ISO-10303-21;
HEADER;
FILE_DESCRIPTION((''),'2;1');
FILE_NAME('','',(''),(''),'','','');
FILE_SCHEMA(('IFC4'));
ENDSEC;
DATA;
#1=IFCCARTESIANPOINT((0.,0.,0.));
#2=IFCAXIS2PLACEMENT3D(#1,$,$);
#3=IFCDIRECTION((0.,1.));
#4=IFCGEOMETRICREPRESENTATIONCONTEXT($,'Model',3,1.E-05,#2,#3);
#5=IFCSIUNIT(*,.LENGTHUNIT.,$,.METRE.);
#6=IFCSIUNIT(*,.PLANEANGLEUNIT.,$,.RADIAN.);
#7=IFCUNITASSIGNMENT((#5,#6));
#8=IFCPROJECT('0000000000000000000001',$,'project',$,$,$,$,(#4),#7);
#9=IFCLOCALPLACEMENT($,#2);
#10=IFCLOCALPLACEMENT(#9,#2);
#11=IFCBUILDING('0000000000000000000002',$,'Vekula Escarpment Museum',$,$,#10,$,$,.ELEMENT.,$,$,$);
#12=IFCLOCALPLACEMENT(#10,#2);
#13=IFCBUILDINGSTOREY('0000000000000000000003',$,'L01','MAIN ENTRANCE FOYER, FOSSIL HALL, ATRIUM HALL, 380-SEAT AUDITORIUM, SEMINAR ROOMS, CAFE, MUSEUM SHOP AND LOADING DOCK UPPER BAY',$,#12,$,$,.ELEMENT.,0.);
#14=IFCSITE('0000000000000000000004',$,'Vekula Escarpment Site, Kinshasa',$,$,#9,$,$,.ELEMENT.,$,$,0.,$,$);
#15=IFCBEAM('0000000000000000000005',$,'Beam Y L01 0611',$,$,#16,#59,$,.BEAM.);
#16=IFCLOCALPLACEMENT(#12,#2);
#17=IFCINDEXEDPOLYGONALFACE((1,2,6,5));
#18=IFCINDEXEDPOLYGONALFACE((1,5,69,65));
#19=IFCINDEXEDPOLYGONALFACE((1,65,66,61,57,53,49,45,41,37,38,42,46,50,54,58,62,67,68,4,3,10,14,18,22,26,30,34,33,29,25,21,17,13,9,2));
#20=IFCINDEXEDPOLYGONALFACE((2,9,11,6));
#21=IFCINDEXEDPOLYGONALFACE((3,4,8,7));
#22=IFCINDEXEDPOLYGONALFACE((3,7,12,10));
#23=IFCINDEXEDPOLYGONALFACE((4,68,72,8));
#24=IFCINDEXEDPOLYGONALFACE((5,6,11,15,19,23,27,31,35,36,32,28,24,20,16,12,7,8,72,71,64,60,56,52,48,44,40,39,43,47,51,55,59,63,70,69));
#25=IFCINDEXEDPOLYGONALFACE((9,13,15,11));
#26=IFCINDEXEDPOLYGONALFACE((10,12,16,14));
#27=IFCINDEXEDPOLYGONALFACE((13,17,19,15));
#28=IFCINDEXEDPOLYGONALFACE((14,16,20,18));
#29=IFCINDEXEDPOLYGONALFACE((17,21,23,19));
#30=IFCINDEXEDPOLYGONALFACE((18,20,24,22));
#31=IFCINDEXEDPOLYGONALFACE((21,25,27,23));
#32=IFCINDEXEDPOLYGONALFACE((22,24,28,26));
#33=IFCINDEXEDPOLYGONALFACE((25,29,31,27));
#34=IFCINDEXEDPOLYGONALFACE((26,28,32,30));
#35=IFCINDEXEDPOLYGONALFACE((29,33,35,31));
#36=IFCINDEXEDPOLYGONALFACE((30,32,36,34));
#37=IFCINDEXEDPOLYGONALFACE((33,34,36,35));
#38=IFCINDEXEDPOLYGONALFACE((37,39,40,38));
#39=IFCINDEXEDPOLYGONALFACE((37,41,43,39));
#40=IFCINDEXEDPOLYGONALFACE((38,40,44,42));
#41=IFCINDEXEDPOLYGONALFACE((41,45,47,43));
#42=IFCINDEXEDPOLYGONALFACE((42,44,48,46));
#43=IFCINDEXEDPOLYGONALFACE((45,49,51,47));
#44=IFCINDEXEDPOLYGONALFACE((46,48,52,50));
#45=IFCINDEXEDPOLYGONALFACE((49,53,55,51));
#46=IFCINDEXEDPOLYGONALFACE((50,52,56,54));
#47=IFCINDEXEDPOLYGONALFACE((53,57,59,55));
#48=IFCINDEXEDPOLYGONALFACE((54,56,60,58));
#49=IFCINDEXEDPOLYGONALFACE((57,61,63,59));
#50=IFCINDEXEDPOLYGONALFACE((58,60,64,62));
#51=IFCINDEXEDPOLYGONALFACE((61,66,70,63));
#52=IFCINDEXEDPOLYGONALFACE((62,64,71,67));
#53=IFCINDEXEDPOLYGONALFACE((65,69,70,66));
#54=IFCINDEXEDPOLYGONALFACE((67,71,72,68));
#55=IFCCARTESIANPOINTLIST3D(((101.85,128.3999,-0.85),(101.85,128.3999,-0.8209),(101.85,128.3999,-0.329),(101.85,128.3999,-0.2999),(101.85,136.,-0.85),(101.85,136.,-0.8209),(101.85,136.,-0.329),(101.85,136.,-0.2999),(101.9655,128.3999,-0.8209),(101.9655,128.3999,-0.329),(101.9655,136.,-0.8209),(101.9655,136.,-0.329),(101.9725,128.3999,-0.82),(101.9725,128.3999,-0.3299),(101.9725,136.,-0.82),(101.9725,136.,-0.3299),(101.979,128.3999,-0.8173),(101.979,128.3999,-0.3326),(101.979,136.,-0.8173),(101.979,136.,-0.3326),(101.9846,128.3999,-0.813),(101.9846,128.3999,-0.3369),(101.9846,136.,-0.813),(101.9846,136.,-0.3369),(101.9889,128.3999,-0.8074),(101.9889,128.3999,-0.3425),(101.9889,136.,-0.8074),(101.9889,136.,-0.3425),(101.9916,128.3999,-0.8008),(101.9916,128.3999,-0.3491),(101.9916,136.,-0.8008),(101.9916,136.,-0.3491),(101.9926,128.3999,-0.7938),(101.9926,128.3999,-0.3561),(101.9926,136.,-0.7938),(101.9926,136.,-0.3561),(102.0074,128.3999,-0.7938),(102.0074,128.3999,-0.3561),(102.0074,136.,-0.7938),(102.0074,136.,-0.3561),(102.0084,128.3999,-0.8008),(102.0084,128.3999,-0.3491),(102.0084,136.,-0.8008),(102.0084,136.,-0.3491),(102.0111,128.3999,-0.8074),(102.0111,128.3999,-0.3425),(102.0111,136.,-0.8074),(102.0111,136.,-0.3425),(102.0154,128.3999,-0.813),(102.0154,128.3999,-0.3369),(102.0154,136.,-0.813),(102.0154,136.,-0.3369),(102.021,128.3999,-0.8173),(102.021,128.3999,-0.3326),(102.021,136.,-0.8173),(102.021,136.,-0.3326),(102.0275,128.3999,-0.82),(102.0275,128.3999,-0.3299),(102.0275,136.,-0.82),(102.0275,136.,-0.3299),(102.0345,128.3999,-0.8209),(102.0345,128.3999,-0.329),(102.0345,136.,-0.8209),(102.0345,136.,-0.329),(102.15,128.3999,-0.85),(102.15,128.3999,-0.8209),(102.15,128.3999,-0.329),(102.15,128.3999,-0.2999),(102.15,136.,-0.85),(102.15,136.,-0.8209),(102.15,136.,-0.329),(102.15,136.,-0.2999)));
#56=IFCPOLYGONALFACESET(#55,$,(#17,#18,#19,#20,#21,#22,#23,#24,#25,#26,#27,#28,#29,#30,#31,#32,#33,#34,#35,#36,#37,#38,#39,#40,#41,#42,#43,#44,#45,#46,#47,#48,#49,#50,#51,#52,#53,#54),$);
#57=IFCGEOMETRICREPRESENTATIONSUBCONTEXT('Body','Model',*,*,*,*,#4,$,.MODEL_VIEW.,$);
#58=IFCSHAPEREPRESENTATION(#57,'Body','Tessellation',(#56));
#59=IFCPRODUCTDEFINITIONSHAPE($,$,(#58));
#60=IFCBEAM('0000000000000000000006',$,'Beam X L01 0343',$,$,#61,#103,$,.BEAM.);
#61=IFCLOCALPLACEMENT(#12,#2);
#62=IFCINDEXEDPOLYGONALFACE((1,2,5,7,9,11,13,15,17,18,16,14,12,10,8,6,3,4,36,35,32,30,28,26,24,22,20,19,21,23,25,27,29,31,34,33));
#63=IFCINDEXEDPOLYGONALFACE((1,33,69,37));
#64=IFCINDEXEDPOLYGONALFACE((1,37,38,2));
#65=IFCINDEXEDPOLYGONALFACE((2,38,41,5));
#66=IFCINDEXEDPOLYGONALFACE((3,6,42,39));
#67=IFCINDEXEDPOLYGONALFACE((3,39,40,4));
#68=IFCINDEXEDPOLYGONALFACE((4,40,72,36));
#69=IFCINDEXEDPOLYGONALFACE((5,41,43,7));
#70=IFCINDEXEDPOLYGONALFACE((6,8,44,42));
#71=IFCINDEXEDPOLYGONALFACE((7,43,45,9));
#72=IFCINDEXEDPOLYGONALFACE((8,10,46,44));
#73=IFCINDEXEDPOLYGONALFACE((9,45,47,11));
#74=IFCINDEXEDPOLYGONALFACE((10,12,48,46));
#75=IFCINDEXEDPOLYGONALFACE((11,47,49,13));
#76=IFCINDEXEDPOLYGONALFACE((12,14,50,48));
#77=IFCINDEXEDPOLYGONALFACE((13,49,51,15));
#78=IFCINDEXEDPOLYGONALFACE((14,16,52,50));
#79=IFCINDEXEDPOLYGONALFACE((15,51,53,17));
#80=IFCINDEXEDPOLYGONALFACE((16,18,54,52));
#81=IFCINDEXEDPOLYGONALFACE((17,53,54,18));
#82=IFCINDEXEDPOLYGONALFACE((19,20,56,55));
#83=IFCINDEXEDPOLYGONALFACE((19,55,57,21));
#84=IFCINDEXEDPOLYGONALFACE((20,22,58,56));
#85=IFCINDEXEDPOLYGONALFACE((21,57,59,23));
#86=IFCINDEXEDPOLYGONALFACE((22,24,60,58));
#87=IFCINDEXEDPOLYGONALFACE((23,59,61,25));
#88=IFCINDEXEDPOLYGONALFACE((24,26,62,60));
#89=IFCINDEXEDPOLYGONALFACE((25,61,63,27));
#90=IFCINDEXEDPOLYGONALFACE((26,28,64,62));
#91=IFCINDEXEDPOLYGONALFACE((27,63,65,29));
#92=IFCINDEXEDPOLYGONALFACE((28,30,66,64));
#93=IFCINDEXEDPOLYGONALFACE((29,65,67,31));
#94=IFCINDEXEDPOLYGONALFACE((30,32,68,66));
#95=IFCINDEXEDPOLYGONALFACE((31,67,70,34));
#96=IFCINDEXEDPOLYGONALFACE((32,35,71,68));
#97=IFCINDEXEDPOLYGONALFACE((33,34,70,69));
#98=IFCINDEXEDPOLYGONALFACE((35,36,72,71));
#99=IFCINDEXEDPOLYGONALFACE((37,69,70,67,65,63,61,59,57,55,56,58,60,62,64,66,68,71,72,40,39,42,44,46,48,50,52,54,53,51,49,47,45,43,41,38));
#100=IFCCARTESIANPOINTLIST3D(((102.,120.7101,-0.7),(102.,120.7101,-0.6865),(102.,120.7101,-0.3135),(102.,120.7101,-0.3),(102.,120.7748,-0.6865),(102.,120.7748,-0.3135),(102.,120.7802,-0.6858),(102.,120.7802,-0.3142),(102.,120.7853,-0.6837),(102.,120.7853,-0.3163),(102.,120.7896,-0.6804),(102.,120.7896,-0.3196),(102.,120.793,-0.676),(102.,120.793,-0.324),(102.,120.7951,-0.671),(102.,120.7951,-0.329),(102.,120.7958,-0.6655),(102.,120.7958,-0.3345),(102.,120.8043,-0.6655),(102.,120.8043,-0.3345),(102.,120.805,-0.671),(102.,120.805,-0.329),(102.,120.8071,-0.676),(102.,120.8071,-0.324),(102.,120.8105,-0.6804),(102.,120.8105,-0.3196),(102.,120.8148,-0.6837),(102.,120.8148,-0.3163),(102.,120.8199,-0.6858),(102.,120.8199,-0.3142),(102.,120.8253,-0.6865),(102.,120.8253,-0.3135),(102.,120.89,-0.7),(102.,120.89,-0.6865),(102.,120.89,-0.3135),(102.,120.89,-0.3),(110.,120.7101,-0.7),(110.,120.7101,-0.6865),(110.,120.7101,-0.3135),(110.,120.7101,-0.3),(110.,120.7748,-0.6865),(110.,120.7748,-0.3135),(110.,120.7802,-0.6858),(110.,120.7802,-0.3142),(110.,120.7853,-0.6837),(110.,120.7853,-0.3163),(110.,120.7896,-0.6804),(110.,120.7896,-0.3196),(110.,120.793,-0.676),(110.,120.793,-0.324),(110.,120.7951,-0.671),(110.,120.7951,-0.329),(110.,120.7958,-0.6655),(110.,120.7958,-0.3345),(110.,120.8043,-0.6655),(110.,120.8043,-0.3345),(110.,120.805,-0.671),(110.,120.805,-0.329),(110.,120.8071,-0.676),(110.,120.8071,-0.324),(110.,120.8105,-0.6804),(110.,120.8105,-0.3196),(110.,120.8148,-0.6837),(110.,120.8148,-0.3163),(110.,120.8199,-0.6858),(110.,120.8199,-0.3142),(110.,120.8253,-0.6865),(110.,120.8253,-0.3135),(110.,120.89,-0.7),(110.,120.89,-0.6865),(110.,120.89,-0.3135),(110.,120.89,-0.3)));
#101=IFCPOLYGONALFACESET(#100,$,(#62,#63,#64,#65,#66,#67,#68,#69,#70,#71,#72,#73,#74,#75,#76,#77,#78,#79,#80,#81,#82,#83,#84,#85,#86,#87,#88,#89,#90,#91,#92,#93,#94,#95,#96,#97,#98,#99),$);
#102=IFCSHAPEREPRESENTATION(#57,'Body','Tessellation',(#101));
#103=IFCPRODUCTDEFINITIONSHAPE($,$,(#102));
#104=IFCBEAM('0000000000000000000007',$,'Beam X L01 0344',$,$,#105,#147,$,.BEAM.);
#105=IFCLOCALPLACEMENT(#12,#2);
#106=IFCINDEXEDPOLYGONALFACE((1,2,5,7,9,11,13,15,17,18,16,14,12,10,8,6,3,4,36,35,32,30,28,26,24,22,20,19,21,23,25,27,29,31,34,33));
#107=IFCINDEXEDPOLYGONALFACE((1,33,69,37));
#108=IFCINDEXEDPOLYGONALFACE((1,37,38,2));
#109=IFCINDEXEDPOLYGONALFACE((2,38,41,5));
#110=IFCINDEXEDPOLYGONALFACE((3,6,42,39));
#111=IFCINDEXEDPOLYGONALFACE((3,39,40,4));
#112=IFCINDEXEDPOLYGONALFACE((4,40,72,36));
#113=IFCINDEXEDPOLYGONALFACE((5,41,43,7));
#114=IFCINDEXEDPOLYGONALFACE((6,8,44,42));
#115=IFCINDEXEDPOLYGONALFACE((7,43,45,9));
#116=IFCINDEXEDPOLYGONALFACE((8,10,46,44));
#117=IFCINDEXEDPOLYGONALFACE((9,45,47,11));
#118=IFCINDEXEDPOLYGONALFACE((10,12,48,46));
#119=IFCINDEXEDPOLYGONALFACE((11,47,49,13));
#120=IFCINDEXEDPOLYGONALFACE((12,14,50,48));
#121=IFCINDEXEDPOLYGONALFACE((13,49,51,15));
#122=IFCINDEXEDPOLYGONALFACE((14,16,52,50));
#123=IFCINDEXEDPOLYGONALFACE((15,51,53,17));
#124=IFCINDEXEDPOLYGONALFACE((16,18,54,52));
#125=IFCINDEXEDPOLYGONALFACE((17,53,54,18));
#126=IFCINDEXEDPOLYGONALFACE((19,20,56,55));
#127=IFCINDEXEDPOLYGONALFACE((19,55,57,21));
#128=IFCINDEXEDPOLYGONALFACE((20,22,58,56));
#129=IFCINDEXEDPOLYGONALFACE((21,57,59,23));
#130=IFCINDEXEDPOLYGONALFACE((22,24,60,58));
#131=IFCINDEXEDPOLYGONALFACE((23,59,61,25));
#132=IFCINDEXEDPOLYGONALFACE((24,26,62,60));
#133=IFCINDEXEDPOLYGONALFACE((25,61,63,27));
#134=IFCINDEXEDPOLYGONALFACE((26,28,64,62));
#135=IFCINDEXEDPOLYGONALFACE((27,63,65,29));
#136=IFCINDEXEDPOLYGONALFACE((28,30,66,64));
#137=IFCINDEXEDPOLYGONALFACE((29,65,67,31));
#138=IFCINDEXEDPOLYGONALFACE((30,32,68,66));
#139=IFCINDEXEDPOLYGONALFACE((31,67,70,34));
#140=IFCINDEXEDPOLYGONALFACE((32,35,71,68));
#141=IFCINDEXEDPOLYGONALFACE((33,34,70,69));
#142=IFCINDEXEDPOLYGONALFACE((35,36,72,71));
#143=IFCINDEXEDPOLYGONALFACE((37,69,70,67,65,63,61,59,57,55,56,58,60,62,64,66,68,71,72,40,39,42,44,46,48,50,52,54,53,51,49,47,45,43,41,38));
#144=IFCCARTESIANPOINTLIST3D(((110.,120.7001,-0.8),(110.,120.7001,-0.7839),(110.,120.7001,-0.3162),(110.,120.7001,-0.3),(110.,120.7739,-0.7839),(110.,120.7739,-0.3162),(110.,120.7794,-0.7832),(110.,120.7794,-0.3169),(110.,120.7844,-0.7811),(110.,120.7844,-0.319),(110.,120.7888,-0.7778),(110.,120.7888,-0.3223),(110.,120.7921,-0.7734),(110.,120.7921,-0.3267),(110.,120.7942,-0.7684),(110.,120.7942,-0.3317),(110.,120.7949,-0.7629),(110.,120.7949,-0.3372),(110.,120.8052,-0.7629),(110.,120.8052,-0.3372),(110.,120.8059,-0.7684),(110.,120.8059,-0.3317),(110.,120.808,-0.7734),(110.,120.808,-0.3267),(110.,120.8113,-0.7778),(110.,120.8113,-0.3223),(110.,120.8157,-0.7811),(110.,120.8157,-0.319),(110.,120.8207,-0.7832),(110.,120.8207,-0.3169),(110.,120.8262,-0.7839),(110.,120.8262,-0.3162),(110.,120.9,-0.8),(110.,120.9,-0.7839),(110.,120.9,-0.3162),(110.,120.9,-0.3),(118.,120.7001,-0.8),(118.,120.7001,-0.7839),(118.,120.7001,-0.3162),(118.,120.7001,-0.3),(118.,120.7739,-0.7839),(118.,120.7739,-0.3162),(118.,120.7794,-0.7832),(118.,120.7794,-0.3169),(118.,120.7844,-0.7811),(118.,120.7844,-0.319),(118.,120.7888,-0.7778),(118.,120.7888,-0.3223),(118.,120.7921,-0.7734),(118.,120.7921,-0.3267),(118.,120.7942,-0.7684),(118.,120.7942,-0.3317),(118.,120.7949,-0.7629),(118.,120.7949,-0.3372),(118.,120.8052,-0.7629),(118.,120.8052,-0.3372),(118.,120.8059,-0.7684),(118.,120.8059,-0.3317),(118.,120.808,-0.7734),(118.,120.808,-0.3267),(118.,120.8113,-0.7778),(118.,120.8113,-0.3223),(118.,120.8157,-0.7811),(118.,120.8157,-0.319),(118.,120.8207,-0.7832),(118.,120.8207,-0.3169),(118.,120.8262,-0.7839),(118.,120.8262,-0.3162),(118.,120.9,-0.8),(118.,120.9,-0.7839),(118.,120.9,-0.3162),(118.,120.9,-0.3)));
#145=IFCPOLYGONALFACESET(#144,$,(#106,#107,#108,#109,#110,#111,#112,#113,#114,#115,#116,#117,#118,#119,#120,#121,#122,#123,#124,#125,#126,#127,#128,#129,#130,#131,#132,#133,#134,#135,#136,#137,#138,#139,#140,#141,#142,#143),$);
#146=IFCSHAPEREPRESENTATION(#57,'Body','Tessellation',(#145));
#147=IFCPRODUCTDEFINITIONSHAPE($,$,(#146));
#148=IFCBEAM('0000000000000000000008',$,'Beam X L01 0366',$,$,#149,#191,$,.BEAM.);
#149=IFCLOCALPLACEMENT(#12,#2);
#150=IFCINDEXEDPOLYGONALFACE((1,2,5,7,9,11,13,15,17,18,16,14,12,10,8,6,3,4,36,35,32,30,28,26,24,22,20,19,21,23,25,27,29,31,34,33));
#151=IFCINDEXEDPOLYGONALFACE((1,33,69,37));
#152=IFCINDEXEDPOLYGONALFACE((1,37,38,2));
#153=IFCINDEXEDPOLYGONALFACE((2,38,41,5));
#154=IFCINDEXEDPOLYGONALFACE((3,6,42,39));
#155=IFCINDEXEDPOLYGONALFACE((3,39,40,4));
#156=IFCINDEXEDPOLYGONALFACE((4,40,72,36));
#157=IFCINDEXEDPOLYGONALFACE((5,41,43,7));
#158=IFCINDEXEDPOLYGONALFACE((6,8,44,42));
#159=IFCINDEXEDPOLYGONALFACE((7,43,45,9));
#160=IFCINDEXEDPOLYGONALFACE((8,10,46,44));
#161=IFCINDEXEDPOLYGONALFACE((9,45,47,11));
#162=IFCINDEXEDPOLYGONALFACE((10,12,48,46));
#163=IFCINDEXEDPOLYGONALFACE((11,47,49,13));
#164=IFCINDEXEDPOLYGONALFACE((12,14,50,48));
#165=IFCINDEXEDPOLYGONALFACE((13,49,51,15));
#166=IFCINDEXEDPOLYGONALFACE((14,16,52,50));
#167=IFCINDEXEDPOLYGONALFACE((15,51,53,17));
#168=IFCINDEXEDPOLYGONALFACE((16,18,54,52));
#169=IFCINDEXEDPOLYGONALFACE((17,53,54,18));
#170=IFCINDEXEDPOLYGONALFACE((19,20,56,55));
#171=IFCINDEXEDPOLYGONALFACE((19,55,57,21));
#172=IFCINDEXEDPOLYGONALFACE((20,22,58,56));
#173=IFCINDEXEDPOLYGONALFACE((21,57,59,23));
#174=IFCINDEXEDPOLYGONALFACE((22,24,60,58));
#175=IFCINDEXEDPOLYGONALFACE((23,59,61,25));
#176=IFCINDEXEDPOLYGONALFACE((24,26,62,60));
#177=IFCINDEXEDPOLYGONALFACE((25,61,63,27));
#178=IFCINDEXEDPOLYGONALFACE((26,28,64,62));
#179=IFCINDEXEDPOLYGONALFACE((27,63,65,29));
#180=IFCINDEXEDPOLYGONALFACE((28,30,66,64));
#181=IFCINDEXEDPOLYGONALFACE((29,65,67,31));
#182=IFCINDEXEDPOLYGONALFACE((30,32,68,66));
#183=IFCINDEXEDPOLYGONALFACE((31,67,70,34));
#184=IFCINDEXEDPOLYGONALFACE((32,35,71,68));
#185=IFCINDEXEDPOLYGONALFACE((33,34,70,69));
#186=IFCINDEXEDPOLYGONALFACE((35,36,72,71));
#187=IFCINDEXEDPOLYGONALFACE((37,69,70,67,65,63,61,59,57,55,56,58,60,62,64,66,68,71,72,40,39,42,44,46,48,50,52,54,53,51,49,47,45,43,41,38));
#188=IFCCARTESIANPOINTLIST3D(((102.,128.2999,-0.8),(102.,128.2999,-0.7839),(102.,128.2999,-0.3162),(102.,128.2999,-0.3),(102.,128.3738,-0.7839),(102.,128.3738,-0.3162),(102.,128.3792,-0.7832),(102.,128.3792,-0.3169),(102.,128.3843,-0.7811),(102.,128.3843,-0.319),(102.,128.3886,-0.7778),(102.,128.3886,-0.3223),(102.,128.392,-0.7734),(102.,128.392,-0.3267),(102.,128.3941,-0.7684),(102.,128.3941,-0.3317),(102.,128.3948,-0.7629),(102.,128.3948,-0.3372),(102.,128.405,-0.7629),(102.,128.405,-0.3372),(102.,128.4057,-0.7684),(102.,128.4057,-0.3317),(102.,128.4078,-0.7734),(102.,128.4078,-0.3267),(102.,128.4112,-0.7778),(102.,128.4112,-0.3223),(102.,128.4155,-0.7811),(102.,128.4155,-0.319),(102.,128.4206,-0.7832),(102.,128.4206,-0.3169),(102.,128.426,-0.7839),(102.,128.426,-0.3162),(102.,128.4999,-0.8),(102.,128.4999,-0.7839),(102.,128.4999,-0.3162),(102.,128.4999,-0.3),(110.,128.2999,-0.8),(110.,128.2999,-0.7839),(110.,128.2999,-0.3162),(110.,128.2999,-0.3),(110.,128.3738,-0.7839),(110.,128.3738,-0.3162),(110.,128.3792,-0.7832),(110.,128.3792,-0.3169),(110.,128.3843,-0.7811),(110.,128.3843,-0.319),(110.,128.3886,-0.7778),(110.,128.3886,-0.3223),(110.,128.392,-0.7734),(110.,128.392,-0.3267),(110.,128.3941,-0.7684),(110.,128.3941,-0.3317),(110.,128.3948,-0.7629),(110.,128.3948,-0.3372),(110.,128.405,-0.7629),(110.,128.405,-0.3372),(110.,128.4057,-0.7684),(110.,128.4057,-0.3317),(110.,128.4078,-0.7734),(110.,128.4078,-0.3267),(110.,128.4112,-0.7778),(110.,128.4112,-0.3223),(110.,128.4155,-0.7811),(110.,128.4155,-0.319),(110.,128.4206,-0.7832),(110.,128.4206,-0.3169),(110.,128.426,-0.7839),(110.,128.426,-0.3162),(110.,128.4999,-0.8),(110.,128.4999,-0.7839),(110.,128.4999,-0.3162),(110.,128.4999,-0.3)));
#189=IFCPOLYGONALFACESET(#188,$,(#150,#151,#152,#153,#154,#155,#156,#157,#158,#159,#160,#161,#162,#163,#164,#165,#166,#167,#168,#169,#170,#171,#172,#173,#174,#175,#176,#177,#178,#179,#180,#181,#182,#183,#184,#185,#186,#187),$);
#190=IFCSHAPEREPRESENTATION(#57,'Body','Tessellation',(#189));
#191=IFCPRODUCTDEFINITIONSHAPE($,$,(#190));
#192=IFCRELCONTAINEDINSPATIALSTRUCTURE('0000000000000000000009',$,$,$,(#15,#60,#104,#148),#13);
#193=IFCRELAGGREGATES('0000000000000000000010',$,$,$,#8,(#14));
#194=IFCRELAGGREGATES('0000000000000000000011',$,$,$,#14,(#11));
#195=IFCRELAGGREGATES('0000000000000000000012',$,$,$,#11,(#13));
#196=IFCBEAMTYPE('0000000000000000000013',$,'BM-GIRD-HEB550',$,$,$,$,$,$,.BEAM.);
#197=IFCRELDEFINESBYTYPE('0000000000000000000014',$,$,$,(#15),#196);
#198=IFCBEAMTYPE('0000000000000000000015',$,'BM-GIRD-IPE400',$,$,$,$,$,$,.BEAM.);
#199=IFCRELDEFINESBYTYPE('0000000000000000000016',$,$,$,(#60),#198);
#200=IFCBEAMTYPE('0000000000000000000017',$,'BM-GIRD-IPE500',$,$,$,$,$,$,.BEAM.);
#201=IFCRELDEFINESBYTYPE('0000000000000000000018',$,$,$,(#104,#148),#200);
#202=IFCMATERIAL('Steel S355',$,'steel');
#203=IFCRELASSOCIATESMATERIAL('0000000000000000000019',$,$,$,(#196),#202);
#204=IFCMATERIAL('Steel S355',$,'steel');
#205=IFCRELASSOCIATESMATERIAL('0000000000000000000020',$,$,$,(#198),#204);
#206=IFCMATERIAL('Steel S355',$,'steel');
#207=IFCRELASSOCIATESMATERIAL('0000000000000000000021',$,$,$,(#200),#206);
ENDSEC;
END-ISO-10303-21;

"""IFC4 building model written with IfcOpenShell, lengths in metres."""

from ifc_helpers import new_model, si_unit, direction, frame, origin, origin_2d, place, context, subcontext, project, spatial, i_section, extrude, material, material_profile, profile_set, type_object, element, save


model = new_model("IFC4")

# Units and contexts
model_context = context("Model", 3, precision=1e-05, world=origin(), true_north=direction((0.0, 1.0)))
body_context = subcontext(model_context, "Body", "Model", "MODEL_VIEW")
ifc_project = project(units=[si_unit("LENGTHUNIT", "METRE"), si_unit("PLANEANGLEUNIT", "RADIAN")], contexts=[model_context])

# Site, building, storey
site_placement = place(None, origin())
site = spatial("IfcSite", under=ifc_project, at=site_placement, Name="Vekula Escarpment Site, Kinshasa", CompositionType="ELEMENT", RefElevation=0.0)
building_placement = place(site_placement, origin())
building = spatial("IfcBuilding", under=site, at=building_placement, Name="Vekula Escarpment Museum", CompositionType="ELEMENT")
storey_placement = place(building_placement, origin())
storey = spatial("IfcBuildingStorey", under=building, at=storey_placement, Name="L01", Description="MAIN ENTRANCE FOYER, FOSSIL HALL, ATRIUM HALL, 380-SEAT AUDITORIUM, SEMINAR ROOMS, CAFE, MUSEUM SHOP AND LOADING DOCK UPPER BAY", CompositionType="ELEMENT", Elevation=0.0)

# Beams
ifc_material_1 = material(Name="Steel S355", Category="steel")
ifc_material_profile_1 = material_profile(ifc_material_1, i_section(OverallWidth=0.3, OverallDepth=0.55, WebThickness=0.0149, FlangeThickness=0.0291, FilletRadius=0.0271, at=origin_2d()), Name="HEB 550")
ifc_profile_set_1 = profile_set([ifc_material_profile_1], Name="Steel S355")
beam_type_1 = type_object("IfcBeamType", Name="BM-GIRD-HEB550", PredefinedType="BEAM", material=ifc_profile_set_1)
beam_1_placement = place(storey_placement, frame((102.0, 128.3999, -0.575), z_axis=(0.0, 1.0, 0.0), x_axis=(-1.0, 0.0, 0.0)))
element("IfcBeam", 1, at=beam_1_placement, inside=storey, type_object=beam_type_1, Name="Beam Y L01 0611", PredefinedType="BEAM", context=body_context, shape_type="SweptSolid", body=[
    extrude(i_section(OverallWidth=0.3, OverallDepth=0.55, WebThickness=0.0149, FlangeThickness=0.0291, FilletRadius=0.0271, at=origin_2d()), origin(), (0.0, 0.0, 1.0), 7.6001),
])
ifc_material_2 = material(Name="Steel S355", Category="steel")
ifc_material_profile_2 = material_profile(ifc_material_2, i_section(OverallWidth=0.1799, OverallDepth=0.3999, WebThickness=0.0085, FlangeThickness=0.0134, FilletRadius=0.021, at=origin_2d()), Name="IPE 400")
ifc_profile_set_2 = profile_set([ifc_material_profile_2], Name="Steel S355")
beam_type_2 = type_object("IfcBeamType", Name="BM-GIRD-IPE400", PredefinedType="BEAM", material=ifc_profile_set_2)
beam_2_placement = place(storey_placement, frame((102.0, 120.8, -0.5), z_axis=(1.0, 0.0, 0.0), x_axis=(0.0, 1.0, 0.0)))
element("IfcBeam", 2, at=beam_2_placement, inside=storey, type_object=beam_type_2, Name="Beam X L01 0343", PredefinedType="BEAM", context=body_context, shape_type="SweptSolid", body=[
    extrude(i_section(OverallWidth=0.1799, OverallDepth=0.3999, WebThickness=0.0085, FlangeThickness=0.0134, FilletRadius=0.021, at=origin_2d()), origin(), (0.0, 0.0, 1.0), 8.0),
])
ifc_material_3 = material(Name="Steel S355", Category="steel")
ifc_material_profile_3 = material_profile(ifc_material_3, i_section(OverallWidth=0.2, OverallDepth=0.5, WebThickness=0.0103, FlangeThickness=0.0161, FilletRadius=0.021, at=origin_2d()), Name="IPE 500")
ifc_profile_set_3 = profile_set([ifc_material_profile_3], Name="Steel S355")
beam_type_3 = type_object("IfcBeamType", Name="BM-GIRD-IPE500", PredefinedType="BEAM", material=ifc_profile_set_3)
for number, where, z_axis, x_axis, name in (
    (3, (110.0, 120.8, -0.55), (1.0, 0.0, 0.0), (0.0, 1.0, 0.0), "Beam X L01 0344"),
    (4, (102.0, 128.3999, -0.55), (1.0, 0.0, 0.0), (0.0, 1.0, 0.0), "Beam X L01 0366"),
):
    element("IfcBeam", number, at=place(storey_placement, frame(where, z_axis=z_axis, x_axis=x_axis)), inside=storey, type_object=beam_type_3, Name=name, PredefinedType="BEAM", context=body_context, shape_type="SweptSolid", body=[
        extrude(i_section(OverallWidth=0.2, OverallDepth=0.5, WebThickness=0.0103, FlangeThickness=0.0161, FilletRadius=0.021, at=origin_2d()), origin(), (0.0, 0.0, 1.0), 8.0),
    ])

save(model, "model.ifc")
